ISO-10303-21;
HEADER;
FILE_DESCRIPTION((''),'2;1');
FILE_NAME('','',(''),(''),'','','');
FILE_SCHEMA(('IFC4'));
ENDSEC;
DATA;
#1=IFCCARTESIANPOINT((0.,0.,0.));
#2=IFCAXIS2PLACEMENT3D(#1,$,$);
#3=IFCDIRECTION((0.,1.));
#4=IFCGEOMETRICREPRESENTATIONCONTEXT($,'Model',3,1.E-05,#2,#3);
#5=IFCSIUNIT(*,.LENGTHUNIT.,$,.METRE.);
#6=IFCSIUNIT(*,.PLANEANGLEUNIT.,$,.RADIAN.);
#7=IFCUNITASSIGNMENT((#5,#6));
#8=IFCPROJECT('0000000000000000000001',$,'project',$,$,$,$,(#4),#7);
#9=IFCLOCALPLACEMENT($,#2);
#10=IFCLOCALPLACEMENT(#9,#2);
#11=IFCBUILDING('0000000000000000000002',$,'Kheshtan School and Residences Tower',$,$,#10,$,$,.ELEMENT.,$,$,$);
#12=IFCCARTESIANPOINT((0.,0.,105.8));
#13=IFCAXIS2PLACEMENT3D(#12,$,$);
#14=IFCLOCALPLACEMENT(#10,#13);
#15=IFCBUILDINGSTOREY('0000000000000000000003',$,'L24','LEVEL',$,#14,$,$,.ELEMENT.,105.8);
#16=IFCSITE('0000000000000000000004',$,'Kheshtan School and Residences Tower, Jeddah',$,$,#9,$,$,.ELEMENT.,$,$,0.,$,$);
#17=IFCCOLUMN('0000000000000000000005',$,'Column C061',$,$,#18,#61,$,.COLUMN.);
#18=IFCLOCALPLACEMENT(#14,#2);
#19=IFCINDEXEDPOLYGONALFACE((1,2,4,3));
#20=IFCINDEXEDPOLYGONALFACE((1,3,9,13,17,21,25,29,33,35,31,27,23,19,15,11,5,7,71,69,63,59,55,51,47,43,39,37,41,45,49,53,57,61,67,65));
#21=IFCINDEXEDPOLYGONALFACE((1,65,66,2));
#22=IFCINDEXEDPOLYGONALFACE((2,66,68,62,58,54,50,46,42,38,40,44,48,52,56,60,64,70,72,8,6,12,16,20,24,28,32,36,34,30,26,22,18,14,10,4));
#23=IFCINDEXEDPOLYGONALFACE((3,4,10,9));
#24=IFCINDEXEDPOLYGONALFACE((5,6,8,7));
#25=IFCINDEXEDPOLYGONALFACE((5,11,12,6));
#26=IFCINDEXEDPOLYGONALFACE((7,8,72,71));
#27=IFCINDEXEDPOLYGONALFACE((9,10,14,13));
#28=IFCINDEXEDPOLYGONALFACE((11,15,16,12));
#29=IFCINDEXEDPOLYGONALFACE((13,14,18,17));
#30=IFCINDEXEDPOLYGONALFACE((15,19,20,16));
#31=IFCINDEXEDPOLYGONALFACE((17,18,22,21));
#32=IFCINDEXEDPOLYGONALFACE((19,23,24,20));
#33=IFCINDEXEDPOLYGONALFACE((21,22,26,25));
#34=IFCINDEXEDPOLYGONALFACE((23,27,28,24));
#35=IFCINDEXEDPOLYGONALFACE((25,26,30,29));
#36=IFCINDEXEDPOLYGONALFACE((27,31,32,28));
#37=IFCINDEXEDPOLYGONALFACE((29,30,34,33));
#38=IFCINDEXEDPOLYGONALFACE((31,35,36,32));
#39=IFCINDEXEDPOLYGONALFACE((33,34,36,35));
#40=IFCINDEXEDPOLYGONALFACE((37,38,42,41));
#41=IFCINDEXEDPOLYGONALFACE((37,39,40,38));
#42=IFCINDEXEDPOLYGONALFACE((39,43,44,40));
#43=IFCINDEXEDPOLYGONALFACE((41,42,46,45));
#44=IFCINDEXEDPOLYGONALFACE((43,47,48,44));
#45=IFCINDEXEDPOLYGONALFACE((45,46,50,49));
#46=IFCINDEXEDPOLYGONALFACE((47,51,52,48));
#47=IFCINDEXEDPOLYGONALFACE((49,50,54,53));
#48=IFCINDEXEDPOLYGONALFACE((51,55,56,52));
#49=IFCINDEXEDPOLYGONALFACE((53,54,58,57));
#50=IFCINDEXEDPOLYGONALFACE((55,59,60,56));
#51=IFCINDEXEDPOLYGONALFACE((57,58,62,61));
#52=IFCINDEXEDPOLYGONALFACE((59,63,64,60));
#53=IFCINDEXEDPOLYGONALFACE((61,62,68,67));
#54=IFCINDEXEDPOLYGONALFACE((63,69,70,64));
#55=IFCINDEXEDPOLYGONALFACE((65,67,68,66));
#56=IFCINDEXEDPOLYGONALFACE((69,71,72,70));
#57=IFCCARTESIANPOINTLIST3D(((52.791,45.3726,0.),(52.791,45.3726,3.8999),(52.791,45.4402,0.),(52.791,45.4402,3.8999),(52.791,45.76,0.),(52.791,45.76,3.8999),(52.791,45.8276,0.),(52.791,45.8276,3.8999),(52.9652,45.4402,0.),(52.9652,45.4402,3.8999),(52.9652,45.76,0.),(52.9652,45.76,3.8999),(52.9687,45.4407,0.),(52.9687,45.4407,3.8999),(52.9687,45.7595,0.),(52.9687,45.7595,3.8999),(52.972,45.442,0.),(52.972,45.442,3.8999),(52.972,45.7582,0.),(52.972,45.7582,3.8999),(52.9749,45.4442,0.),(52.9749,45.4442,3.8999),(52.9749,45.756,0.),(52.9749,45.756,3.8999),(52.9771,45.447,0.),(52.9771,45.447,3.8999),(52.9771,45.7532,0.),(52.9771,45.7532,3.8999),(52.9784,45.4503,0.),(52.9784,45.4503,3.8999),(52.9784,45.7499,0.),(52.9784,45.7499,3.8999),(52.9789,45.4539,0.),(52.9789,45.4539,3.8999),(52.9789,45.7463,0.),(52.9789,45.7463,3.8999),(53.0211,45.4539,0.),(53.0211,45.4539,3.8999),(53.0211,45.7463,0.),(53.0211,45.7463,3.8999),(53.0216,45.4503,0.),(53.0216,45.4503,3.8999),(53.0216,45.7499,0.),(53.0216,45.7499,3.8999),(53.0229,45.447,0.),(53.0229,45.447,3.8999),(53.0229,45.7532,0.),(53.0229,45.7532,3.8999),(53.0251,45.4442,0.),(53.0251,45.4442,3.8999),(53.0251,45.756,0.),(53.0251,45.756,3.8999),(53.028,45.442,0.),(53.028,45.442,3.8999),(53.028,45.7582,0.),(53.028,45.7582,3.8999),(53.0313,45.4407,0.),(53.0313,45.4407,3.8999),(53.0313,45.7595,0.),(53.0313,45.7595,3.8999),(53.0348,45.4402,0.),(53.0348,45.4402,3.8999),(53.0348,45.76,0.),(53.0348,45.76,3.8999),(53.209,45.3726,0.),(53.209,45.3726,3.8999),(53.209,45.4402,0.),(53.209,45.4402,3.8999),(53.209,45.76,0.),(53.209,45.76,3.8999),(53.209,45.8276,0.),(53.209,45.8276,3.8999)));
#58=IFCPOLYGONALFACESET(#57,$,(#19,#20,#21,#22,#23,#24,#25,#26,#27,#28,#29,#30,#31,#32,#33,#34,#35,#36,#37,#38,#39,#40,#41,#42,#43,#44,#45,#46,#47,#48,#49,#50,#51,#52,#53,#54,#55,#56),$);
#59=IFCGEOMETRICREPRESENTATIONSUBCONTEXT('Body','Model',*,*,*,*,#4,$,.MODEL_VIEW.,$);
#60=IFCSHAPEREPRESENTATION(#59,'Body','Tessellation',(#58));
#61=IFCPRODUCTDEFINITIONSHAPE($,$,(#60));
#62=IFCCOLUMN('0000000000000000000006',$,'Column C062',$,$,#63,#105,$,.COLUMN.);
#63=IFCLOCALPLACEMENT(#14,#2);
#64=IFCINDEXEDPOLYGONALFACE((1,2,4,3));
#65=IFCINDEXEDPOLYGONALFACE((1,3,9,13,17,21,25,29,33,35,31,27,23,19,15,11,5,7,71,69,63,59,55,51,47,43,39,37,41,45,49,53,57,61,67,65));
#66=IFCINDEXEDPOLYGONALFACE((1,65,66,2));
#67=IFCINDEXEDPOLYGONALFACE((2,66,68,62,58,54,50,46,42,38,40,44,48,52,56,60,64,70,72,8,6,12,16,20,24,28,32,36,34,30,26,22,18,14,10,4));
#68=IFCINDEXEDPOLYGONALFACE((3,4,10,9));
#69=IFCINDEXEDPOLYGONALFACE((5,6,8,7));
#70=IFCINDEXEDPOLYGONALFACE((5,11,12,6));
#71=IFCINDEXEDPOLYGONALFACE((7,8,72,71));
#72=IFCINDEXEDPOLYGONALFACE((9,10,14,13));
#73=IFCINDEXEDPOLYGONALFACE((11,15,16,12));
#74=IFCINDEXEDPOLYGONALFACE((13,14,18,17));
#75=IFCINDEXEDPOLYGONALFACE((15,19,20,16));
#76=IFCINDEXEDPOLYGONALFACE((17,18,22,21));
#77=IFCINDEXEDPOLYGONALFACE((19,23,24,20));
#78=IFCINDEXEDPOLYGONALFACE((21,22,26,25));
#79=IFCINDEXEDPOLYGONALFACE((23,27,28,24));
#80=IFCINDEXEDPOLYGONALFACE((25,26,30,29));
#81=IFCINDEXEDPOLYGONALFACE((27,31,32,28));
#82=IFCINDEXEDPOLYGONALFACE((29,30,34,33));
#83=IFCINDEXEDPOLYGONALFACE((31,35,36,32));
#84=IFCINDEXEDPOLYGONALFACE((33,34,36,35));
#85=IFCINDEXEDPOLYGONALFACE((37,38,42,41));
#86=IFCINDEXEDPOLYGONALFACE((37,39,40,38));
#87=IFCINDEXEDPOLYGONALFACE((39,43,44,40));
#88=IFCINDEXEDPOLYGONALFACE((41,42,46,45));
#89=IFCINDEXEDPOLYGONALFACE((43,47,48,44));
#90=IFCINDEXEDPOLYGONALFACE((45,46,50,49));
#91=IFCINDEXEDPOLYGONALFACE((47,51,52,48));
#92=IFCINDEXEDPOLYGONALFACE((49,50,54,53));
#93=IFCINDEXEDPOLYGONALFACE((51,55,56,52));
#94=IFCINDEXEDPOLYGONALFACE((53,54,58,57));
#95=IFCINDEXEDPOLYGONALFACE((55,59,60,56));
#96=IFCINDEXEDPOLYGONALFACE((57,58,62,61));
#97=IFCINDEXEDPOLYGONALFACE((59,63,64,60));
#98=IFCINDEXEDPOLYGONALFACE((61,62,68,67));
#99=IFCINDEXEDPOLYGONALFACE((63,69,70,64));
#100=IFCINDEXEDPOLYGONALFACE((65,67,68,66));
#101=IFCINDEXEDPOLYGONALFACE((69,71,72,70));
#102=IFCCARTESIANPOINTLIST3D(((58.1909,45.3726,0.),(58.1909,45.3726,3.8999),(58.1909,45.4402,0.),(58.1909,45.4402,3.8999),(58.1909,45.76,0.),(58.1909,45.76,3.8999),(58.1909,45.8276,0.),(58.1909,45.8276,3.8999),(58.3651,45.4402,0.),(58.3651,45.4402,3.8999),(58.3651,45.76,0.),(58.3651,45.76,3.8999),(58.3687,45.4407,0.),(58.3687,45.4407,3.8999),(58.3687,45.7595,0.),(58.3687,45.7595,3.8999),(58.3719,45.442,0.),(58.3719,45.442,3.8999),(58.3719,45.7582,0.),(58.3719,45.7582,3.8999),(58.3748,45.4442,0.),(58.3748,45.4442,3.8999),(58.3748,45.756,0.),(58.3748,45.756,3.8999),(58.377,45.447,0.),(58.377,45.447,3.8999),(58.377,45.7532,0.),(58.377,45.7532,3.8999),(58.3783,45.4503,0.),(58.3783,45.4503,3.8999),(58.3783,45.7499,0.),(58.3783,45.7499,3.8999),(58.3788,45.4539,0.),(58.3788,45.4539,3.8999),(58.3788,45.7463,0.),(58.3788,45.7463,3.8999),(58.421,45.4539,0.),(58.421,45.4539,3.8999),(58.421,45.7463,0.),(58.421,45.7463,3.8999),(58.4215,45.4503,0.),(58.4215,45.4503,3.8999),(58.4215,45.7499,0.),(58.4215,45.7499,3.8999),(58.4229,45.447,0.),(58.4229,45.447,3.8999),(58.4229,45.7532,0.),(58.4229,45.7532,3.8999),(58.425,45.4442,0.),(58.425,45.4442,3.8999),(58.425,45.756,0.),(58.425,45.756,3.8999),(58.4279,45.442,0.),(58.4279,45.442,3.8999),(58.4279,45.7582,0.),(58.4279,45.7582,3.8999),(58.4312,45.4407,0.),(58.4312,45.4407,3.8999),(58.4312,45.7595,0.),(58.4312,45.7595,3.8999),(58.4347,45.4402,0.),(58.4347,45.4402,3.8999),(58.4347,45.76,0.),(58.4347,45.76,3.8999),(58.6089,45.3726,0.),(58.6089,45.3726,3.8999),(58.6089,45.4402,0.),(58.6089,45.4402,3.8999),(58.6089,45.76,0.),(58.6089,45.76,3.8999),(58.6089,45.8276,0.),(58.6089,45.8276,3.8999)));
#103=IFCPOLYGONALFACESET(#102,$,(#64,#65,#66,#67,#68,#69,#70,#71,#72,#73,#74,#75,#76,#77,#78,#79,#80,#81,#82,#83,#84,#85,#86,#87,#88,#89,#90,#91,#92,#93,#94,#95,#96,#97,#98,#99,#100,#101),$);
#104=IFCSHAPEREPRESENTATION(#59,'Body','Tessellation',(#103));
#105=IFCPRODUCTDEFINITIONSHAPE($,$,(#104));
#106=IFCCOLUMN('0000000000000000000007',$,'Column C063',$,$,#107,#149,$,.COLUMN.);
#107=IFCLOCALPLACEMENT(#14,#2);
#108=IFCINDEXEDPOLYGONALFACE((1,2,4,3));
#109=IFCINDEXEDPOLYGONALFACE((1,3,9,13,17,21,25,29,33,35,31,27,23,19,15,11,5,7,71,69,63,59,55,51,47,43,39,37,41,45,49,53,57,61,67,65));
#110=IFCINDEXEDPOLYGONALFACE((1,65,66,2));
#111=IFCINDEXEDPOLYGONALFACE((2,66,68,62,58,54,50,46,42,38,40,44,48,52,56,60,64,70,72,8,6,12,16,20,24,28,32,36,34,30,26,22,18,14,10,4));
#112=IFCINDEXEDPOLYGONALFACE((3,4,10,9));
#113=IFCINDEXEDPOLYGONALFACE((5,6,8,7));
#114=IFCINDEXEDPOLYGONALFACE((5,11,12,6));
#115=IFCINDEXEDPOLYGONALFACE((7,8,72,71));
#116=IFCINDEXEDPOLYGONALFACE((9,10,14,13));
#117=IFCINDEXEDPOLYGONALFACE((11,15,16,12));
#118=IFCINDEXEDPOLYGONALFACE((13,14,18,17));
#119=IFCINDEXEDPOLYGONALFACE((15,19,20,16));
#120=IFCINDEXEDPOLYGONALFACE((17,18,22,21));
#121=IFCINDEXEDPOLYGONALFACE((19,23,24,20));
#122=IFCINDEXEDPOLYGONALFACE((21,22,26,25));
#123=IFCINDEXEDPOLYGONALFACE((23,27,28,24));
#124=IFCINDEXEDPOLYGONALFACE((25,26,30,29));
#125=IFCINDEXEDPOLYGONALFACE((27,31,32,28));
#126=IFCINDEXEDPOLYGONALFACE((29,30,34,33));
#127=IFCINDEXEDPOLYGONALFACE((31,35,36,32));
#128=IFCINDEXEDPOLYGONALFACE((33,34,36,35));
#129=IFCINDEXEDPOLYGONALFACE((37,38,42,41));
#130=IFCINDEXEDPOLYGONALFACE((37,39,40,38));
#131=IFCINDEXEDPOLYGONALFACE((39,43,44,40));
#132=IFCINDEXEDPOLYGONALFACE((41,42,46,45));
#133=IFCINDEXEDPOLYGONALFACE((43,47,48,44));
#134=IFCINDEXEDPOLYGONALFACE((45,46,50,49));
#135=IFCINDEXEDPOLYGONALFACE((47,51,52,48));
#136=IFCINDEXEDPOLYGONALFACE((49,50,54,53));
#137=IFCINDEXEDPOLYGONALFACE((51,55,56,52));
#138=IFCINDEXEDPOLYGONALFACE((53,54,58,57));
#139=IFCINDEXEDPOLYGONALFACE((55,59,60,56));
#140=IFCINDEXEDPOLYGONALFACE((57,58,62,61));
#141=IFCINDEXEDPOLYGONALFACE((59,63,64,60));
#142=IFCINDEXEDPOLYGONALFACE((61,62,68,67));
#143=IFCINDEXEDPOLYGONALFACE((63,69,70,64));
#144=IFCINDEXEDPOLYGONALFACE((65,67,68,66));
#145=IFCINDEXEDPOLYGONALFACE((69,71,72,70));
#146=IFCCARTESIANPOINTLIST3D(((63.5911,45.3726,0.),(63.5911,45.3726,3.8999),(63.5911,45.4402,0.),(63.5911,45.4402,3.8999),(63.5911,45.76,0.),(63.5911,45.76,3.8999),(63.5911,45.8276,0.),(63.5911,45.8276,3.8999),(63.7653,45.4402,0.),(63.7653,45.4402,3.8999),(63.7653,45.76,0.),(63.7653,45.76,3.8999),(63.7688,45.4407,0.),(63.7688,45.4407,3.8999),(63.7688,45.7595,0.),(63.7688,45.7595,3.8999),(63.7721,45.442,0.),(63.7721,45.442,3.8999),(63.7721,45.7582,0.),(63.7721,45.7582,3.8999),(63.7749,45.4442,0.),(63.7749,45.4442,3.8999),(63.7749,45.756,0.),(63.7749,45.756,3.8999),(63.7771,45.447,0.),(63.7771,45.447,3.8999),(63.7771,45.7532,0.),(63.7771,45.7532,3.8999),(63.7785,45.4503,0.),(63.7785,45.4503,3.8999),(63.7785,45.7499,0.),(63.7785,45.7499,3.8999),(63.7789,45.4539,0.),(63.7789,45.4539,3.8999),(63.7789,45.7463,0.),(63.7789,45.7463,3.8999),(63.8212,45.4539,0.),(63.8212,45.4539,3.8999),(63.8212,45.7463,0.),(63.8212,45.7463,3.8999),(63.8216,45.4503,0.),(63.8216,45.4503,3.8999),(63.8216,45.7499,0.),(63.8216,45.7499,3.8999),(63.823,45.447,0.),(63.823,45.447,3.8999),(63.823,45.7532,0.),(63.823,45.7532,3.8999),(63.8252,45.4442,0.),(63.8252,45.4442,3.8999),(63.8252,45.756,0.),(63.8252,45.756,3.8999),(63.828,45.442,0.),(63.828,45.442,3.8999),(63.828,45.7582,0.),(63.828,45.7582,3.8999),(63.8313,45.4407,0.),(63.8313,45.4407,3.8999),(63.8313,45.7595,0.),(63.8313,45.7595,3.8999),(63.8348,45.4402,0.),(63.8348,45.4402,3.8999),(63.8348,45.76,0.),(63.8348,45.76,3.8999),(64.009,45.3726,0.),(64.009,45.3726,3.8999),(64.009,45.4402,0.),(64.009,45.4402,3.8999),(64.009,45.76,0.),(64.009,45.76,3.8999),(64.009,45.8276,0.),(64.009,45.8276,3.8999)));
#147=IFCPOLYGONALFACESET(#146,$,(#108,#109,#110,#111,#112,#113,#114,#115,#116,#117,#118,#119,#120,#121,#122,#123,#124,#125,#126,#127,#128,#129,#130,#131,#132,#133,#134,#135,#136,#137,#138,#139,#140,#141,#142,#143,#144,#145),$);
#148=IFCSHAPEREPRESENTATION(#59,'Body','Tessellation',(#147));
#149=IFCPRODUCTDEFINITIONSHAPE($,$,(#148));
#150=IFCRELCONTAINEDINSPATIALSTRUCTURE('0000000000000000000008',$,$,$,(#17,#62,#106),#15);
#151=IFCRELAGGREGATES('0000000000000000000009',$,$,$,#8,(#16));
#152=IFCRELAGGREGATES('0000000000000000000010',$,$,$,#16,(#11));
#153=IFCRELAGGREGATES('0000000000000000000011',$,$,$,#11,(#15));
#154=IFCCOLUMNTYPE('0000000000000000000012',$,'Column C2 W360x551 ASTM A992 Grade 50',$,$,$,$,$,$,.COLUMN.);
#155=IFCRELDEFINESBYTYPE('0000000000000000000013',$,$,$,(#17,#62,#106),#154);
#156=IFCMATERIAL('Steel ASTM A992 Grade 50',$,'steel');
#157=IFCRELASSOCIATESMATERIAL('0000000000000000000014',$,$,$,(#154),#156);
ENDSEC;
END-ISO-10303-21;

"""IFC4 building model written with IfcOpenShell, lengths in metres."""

from ifc_helpers import new_model, si_unit, direction, frame, origin, origin_2d, place, context, subcontext, project, spatial, i_section, extrude, material, material_profile, profile_set, type_object, element, save


model = new_model("IFC4")

# Units and contexts
model_context = context("Model", 3, precision=1e-05, world=origin(), true_north=direction((0.0, 1.0)))
body_context = subcontext(model_context, "Body", "Model", "MODEL_VIEW")
ifc_project = project(units=[si_unit("LENGTHUNIT", "METRE"), si_unit("PLANEANGLEUNIT", "RADIAN")], contexts=[model_context])

# Site, building, storey
site_placement = place(None, origin())
site = spatial("IfcSite", under=ifc_project, at=site_placement, Name="Kheshtan School and Residences Tower, Jeddah", CompositionType="ELEMENT", RefElevation=0.0)
building_placement = place(site_placement, origin())
building = spatial("IfcBuilding", under=site, at=building_placement, Name="Kheshtan School and Residences Tower", CompositionType="ELEMENT")
storey_placement = place(building_placement, frame((0.0, 0.0, 105.8)))
storey = spatial("IfcBuildingStorey", under=building, at=storey_placement, Name="L24", Description="LEVEL", CompositionType="ELEMENT", Elevation=105.8)

# Columns
ifc_material_1 = material(Name="Steel ASTM A992 Grade 50", Category="steel")
ifc_material_profile_1 = material_profile(ifc_material_1, i_section(OverallWidth=0.418, OverallDepth=0.4551, WebThickness=0.0422, FlangeThickness=0.0676, FilletRadius=0.0137, at=origin_2d()), Name="W360x551")
ifc_profile_set_1 = profile_set([ifc_material_profile_1], Name="Steel ASTM A992 Grade 50")
column_type_1 = type_object("IfcColumnType", Name="Column C2 W360x551 ASTM A992 Grade 50", PredefinedType="COLUMN", material=ifc_profile_set_1)
for number, where, z_axis, x_axis, name in (
    (1, (53.0, 45.6001, 0.0), (0.0, 0.0, 1.0), (1.0, 0.0, 0.0), "Column C061"),
    (2, (58.3999, 45.6001, 0.0), (0.0, 0.0, 1.0), (1.0, 0.0, 0.0), "Column C062"),
    (3, (63.8, 45.6001, 0.0), (0.0, 0.0, 1.0), (1.0, 0.0, 0.0), "Column C063"),
):
    element("IfcColumn", number, at=place(storey_placement, frame(where, z_axis=z_axis, x_axis=x_axis)), inside=storey, type_object=column_type_1, Name=name, PredefinedType="COLUMN", context=body_context, shape_type="SweptSolid", body=[
        extrude(i_section(OverallWidth=0.418, OverallDepth=0.4551, WebThickness=0.0422, FlangeThickness=0.0676, FilletRadius=0.0137, at=origin_2d()), origin(), (0.0, 0.0, 1.0), 3.8999),
    ])

save(model, "model.ifc")
